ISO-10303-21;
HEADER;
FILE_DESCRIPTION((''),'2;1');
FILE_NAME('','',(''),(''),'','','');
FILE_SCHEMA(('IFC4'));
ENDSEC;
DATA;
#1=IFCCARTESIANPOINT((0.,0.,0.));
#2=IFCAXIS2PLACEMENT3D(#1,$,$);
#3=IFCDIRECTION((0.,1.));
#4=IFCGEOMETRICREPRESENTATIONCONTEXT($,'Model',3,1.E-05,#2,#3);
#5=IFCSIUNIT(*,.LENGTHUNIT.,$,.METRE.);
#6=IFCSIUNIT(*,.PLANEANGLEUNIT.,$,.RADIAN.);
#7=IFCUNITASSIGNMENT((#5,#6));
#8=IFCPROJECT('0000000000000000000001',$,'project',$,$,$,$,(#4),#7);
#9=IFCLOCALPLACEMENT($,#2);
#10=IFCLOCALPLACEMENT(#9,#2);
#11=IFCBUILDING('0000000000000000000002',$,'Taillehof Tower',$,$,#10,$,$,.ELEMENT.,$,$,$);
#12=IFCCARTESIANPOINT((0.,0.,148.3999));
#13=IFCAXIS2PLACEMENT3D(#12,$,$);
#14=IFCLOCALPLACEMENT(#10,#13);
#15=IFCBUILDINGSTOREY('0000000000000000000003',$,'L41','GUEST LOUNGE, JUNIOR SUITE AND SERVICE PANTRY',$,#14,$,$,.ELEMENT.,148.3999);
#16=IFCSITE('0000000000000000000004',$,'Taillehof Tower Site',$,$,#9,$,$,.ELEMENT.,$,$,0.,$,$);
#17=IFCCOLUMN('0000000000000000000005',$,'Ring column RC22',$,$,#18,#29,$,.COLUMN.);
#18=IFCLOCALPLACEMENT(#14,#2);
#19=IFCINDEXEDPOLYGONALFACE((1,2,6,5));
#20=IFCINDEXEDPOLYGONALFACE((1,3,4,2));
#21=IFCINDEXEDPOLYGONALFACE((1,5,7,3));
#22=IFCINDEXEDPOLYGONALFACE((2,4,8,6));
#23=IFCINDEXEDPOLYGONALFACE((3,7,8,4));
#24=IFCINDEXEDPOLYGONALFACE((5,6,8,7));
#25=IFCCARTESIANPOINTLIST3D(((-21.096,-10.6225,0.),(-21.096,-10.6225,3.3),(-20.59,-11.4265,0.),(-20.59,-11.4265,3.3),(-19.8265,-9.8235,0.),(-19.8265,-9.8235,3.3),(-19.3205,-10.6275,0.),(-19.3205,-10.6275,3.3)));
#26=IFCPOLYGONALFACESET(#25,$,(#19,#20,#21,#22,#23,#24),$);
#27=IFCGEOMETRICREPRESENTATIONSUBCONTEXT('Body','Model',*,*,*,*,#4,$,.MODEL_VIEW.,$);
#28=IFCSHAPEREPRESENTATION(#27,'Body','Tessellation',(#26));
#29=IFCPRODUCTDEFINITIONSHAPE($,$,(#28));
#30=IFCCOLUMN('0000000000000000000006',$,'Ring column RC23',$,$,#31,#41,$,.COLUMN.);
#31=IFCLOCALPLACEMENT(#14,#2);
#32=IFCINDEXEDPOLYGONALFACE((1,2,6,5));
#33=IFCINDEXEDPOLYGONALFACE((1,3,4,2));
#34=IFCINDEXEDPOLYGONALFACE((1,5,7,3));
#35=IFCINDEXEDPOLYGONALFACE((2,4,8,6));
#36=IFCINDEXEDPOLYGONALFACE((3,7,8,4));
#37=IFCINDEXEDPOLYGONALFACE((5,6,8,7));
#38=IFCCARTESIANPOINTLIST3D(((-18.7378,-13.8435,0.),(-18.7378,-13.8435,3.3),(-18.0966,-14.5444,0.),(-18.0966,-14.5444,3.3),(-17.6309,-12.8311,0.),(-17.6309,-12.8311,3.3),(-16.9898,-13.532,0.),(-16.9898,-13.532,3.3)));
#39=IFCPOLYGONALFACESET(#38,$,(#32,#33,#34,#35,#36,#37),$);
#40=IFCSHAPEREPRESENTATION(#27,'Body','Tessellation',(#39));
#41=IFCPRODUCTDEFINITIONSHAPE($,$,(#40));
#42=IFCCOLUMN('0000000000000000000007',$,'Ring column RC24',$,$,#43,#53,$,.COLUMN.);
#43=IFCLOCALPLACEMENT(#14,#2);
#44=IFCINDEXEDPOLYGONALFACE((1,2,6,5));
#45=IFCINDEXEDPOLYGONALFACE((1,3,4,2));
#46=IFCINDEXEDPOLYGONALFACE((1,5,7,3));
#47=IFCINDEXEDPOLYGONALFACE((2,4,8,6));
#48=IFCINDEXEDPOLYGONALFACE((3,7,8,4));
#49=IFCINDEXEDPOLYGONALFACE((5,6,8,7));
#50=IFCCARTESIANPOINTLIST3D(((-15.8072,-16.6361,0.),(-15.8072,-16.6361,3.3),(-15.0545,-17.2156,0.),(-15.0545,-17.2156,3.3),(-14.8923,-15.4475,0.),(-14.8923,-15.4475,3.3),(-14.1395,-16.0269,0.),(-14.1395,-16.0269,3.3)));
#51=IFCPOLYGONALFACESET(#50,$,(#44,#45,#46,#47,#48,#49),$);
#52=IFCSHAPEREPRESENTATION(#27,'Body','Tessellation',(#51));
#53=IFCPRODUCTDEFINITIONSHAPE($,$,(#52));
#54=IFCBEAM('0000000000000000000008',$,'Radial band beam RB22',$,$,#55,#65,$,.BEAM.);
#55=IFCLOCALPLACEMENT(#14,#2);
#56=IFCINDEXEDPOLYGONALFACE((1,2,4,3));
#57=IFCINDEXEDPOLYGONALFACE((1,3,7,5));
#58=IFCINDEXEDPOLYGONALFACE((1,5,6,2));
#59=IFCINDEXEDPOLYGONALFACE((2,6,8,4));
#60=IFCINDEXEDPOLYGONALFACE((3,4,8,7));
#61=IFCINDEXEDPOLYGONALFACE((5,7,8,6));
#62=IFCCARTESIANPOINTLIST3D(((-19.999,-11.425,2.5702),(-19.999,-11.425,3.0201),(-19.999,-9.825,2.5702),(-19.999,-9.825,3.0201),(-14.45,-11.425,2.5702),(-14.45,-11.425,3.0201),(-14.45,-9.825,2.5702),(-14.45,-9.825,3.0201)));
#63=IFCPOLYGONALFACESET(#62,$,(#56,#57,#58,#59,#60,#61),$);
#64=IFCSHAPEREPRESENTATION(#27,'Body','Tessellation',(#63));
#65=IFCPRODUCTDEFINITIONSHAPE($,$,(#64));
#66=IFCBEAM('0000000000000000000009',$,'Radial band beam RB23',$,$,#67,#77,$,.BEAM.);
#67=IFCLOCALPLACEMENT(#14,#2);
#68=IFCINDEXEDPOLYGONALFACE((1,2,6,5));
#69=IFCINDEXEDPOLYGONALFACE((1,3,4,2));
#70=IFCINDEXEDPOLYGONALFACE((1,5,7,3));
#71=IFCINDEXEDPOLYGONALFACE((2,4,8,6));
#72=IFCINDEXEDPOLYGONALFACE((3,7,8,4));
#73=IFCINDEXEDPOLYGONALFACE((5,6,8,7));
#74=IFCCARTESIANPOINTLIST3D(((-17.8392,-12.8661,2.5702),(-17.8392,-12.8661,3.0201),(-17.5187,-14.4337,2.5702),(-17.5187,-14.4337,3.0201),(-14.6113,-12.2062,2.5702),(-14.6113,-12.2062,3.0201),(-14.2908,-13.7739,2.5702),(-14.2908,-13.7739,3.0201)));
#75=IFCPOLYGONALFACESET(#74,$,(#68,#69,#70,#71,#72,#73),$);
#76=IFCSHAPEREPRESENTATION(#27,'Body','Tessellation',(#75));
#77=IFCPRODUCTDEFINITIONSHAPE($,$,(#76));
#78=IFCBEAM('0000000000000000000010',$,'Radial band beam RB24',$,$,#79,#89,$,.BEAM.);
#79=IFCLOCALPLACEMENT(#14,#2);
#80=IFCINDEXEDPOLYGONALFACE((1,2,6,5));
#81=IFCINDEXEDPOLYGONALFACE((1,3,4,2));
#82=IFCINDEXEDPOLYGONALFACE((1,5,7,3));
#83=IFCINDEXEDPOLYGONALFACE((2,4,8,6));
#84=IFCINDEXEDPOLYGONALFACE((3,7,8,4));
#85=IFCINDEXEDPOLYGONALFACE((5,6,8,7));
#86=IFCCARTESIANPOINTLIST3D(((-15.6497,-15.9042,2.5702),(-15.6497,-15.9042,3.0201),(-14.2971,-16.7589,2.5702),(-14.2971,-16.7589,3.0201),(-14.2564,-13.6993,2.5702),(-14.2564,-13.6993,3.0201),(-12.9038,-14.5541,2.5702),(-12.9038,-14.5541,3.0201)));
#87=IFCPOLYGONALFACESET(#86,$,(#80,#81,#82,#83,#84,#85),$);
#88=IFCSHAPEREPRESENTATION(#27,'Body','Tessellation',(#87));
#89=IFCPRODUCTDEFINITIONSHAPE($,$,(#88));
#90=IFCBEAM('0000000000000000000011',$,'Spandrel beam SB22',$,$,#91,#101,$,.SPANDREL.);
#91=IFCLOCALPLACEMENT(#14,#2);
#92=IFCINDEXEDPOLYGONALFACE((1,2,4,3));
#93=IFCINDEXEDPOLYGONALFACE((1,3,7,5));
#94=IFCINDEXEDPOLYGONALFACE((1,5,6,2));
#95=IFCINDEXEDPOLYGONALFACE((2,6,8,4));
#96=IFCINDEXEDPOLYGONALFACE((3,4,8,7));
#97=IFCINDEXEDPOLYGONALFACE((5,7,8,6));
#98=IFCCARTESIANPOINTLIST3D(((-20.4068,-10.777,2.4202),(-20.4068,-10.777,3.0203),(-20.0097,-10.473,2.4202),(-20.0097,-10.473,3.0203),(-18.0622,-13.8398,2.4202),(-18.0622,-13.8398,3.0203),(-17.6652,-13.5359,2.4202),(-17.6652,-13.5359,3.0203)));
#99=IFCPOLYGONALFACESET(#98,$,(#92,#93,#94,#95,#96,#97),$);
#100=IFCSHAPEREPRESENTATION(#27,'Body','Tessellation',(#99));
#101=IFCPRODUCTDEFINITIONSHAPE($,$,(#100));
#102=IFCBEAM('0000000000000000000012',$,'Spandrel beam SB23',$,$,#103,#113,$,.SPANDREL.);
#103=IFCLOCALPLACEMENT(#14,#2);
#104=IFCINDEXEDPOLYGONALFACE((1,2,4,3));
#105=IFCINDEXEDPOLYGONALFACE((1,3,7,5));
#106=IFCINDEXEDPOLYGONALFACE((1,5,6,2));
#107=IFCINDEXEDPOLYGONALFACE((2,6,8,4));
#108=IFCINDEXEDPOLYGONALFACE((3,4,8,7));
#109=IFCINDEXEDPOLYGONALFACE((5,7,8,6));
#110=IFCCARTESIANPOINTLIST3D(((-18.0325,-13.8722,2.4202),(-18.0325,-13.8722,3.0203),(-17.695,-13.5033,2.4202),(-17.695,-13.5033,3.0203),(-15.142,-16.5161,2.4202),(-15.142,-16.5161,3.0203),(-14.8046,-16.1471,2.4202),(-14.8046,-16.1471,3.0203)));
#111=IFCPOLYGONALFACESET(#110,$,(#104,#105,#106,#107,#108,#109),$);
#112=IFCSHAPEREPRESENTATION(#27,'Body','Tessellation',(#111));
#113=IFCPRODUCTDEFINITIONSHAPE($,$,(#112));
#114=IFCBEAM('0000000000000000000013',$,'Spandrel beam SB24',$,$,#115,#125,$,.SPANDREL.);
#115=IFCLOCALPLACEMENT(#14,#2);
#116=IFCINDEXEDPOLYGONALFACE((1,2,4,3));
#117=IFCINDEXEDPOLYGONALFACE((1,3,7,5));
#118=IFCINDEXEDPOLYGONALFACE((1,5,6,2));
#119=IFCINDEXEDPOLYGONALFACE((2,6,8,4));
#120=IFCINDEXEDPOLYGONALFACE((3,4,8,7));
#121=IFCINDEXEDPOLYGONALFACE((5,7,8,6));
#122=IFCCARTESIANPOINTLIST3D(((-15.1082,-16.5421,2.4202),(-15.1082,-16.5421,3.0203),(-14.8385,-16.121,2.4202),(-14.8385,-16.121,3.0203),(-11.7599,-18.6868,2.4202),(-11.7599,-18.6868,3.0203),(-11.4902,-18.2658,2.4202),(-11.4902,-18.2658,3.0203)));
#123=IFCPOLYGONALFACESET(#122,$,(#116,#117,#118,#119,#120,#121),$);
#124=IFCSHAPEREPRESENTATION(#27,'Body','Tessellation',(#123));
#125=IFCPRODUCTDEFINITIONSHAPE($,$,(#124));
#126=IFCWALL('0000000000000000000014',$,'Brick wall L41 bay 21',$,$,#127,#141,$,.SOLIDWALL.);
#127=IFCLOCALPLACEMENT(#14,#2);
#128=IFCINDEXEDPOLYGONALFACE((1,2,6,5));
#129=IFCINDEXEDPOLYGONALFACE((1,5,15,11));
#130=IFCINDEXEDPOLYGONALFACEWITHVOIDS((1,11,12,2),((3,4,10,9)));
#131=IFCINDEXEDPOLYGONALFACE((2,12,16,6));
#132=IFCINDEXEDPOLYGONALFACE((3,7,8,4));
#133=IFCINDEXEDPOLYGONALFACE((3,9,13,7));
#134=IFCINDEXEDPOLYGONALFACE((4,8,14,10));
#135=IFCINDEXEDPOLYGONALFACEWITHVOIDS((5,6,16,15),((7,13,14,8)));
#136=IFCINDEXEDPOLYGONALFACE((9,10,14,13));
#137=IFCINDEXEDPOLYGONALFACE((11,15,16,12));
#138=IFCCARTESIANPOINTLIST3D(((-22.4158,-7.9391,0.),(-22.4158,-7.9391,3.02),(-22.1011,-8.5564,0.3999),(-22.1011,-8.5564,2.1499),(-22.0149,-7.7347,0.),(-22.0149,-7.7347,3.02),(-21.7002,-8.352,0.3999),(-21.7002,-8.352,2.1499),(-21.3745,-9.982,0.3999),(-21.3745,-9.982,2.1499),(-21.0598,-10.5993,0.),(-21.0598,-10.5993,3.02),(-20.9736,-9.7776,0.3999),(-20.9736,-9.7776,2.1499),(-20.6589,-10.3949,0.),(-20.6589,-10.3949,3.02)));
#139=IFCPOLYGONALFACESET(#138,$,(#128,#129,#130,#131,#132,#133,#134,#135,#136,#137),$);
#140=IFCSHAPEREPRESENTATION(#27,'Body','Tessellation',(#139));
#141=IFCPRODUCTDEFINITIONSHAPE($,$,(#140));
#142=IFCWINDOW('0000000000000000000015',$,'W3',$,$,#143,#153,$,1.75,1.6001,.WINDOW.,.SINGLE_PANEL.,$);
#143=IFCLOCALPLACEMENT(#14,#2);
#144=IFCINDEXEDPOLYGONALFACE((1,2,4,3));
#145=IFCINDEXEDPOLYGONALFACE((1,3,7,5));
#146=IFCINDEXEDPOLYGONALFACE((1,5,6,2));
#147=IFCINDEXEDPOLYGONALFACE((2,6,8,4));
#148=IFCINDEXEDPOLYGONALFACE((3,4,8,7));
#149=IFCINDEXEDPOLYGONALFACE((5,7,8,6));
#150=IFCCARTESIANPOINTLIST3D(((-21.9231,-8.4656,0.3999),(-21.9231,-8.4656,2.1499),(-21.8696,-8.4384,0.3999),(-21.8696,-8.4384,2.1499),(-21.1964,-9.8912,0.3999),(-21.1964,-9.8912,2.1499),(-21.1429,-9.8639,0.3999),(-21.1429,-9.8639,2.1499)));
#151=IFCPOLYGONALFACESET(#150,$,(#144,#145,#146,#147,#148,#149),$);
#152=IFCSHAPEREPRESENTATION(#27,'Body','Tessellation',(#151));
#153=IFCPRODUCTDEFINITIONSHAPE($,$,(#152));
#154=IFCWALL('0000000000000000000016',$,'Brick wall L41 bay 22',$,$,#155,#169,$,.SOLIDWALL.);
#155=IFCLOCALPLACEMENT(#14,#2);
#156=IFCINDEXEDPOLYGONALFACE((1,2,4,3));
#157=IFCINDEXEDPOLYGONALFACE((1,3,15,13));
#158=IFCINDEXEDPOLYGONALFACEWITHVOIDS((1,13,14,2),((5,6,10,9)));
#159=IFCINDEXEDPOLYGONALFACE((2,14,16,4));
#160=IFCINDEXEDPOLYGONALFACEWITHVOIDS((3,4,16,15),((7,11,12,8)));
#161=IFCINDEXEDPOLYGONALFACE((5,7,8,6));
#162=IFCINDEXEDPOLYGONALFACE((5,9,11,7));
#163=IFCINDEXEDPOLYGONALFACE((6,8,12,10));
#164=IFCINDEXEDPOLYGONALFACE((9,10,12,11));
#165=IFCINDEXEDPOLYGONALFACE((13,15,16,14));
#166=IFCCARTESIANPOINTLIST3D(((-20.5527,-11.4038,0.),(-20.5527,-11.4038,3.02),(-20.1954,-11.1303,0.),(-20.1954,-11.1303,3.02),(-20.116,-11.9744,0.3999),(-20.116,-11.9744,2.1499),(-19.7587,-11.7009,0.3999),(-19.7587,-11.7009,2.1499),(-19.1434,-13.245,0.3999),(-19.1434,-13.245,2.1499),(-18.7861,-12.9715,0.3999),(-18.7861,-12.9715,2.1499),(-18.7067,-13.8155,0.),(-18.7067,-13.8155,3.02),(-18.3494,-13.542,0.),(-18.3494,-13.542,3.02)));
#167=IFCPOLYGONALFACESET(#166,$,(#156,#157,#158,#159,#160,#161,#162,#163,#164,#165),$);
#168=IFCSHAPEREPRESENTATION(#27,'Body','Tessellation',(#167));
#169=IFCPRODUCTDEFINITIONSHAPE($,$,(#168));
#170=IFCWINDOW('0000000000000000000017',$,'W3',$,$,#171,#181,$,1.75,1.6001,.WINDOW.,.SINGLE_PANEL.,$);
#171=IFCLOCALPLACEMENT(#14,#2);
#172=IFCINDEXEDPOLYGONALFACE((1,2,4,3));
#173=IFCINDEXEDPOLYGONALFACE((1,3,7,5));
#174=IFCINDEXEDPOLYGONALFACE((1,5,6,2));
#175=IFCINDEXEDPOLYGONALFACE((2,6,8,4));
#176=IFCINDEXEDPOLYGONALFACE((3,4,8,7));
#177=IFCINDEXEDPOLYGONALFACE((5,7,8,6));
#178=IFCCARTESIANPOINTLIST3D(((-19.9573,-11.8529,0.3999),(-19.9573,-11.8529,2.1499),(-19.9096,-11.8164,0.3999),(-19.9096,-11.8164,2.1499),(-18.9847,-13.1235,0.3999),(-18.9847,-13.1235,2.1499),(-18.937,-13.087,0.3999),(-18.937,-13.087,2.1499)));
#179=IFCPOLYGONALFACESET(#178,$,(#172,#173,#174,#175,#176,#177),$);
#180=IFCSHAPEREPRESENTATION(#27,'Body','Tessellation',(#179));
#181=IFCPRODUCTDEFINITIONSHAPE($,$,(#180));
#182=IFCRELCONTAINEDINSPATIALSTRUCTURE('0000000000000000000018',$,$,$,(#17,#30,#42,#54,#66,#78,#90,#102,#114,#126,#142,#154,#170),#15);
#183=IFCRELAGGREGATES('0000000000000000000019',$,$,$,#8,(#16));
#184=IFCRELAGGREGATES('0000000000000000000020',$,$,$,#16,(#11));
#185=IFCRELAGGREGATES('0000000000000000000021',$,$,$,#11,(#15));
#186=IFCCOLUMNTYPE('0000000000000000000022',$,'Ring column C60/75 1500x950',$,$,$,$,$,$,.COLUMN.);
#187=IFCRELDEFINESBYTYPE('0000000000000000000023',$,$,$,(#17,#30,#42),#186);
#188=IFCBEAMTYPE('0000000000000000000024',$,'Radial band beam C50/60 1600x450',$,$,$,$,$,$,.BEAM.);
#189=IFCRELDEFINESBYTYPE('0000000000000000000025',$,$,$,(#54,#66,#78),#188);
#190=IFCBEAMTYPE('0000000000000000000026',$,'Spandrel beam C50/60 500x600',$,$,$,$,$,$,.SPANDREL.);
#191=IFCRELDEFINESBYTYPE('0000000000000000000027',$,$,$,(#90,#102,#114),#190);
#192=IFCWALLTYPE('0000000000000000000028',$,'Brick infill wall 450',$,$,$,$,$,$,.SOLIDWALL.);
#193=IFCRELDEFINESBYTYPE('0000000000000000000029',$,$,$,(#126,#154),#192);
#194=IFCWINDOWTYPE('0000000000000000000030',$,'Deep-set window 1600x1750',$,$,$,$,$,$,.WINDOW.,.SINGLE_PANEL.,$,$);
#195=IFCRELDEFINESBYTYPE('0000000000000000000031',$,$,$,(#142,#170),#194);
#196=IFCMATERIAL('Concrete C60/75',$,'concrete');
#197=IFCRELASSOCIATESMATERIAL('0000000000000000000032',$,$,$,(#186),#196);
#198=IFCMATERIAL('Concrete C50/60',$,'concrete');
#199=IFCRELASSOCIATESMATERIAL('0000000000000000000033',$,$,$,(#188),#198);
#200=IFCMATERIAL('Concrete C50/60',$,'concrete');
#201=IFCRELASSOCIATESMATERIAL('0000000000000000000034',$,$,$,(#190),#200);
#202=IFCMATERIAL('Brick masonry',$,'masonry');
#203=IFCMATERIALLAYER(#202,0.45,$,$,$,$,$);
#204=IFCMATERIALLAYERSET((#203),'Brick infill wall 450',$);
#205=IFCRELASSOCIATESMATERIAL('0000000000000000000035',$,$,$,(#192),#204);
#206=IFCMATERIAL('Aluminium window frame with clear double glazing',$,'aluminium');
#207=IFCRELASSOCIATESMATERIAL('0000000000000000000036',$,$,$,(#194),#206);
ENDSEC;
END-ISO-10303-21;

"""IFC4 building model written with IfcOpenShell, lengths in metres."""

from ifc_helpers import new_model, si_unit, direction, frame, frame_2d, origin, origin_2d, place, context, subcontext, project, spatial, rectangle, extrude, material, layer, layer_set, material_profile, profile_set, type_object, element, fill, save


model = new_model("IFC4")

# Units and contexts
model_context = context("Model", 3, precision=1e-05, world=origin(), true_north=direction((0.0, 1.0)))
body_context = subcontext(model_context, "Body", "Model", "MODEL_VIEW")
ifc_project = project(units=[si_unit("LENGTHUNIT", "METRE"), si_unit("PLANEANGLEUNIT", "RADIAN")], contexts=[model_context])

# Site, building, storey
site_placement = place(None, origin())
site = spatial("IfcSite", under=ifc_project, at=site_placement, Name="Taillehof Tower Site", CompositionType="ELEMENT", RefElevation=0.0)
building_placement = place(site_placement, origin())
building = spatial("IfcBuilding", under=site, at=building_placement, Name="Taillehof Tower", CompositionType="ELEMENT")
storey_placement = place(building_placement, frame((0.0, 0.0, 148.3999)))
storey = spatial("IfcBuildingStorey", under=building, at=storey_placement, Name="L41", Description="GUEST LOUNGE, JUNIOR SUITE AND SERVICE PANTRY", CompositionType="ELEMENT", Elevation=148.3999)

# Columns
ifc_material_1 = material(Name="Concrete C60/75", Category="concrete")
ifc_material_profile_1 = material_profile(ifc_material_1, rectangle(XDim=1.5, YDim=0.95, at=origin_2d()), Name="RC 1500x950")
ifc_profile_set_1 = profile_set([ifc_material_profile_1], Name="Concrete C60/75")
column_type = type_object("IfcColumnType", Name="Ring column C60/75 1500x950", PredefinedType="COLUMN", material=ifc_profile_set_1)
for number, where, z_axis, x_axis, name in (
    (1, (-20.2083, -10.625, 0.0), (0.0, 0.0, 1.0), (-0.846334, -0.532652, 0.0), "Ring column RC22"),
    (2, (-17.8638, -13.6877, 0.0), (0.0, 0.0, 1.0), (-0.737879, -0.674933, 0.0), "Ring column RC23"),
    (3, (-14.9734, -16.3315, 0.0), (0.0, 0.0, 1.0), (-0.609971, -0.792424, 0.0), "Ring column RC24"),
):
    element("IfcColumn", number, at=place(storey_placement, frame(where, z_axis=z_axis, x_axis=x_axis)), inside=storey, type_object=column_type, Name=name, PredefinedType="COLUMN", context=body_context, shape_type="SweptSolid", body=[
        extrude(rectangle(XDim=1.5, YDim=0.95, at=origin_2d()), origin(), (0.0, 0.0, 1.0), 3.3),
    ])

# Beams
ifc_material_2 = material(Name="Concrete C50/60", Category="concrete")
ifc_material_profile_2 = material_profile(ifc_material_2, rectangle(XDim=1.6001, YDim=0.45, at=origin_2d()), Name="RC 1600x450")
ifc_profile_set_2 = profile_set([ifc_material_profile_2], Name="Concrete C50/60")
beam_type_1 = type_object("IfcBeamType", Name="Radial band beam C50/60 1600x450", PredefinedType="BEAM", material=ifc_profile_set_2)
beam_1_placement = place(storey_placement, frame((-19.999, -10.625, 2.7952), z_axis=(1.0, 0.0, 0.0), x_axis=(0.0, 1.0, 0.0)))
element("IfcBeam", 4, at=beam_1_placement, inside=storey, type_object=beam_type_1, Name="Radial band beam RB22", PredefinedType="BEAM", context=body_context, shape_type="SweptSolid", body=[
    extrude(rectangle(XDim=1.6001, YDim=0.45, at=origin_2d()), origin(), (0.0, 0.0, 1.0), 5.5491),
])
beam_2_placement = place(storey_placement, frame((-17.679, -13.6499, 2.7952), z_axis=(0.979737, 0.20029, 0.0), x_axis=(-0.20029, 0.979737, 0.0)))
element("IfcBeam", 5, at=beam_2_placement, inside=storey, type_object=beam_type_1, Name="Radial band beam RB23", PredefinedType="BEAM", context=body_context, shape_type="SweptSolid", body=[
    extrude(rectangle(XDim=1.6001, YDim=0.45, at=origin_2d()), origin(), (0.0, 0.0, 1.0), 3.2947),
])
beam_3_placement = place(storey_placement, frame((-14.9734, -16.3315, 2.7952), z_axis=(0.534208, 0.845353, 0.0), x_axis=(-0.845353, 0.534208, 0.0)))
element("IfcBeam", 6, at=beam_3_placement, inside=storey, type_object=beam_type_1, Name="Radial band beam RB24", PredefinedType="BEAM", context=body_context, shape_type="SweptSolid", body=[
    extrude(rectangle(XDim=1.6001, YDim=0.45, at=origin_2d()), origin(), (0.0, 0.0, 1.0), 2.6082),
])
ifc_material_3 = material(Name="Concrete C50/60", Category="concrete")
ifc_material_profile_3 = material_profile(ifc_material_3, rectangle(XDim=0.5, YDim=0.6001, at=origin_2d()), Name="RC 500x600")
ifc_profile_set_3 = profile_set([ifc_material_profile_3], Name="Concrete C50/60")
beam_type_2 = type_object("IfcBeamType", Name="Spandrel beam C50/60 500x600", PredefinedType="SPANDREL", material=ifc_profile_set_3)
beam_4_placement = place(storey_placement, frame((-20.2083, -10.625, 2.7202), z_axis=(0.60784, -0.794059, 0.0), x_axis=(0.794059, 0.60784, 0.0)))
element("IfcBeam", 7, at=beam_4_placement, inside=storey, type_object=beam_type_2, Name="Spandrel beam SB22", PredefinedType="SPANDREL", context=body_context, shape_type="SweptSolid", body=[
    extrude(rectangle(XDim=0.5, YDim=0.6001, at=origin_2d()), origin(), (0.0, 0.0, 1.0), 3.8572),
])
beam_5_placement = place(storey_placement, frame((-17.8638, -13.6877, 2.7202), z_axis=(0.737881, -0.674931, 0.0), x_axis=(0.674931, 0.737881, 0.0)))
element("IfcBeam", 8, at=beam_5_placement, inside=storey, type_object=beam_type_2, Name="Spandrel beam SB23", PredefinedType="SPANDREL", context=body_context, shape_type="SweptSolid", body=[
    extrude(rectangle(XDim=0.5, YDim=0.6001, at=origin_2d()), origin(), (0.0, 0.0, 1.0), 3.9172),
])
beam_6_placement = place(storey_placement, frame((-14.9734, -16.3315, 2.7202), z_axis=(0.842065, -0.539376, 0.0), x_axis=(0.539376, 0.842065, 0.0)))
element("IfcBeam", 9, at=beam_6_placement, inside=storey, type_object=beam_type_2, Name="Spandrel beam SB24", PredefinedType="SPANDREL", context=body_context, shape_type="SweptSolid", body=[
    extrude(rectangle(XDim=0.5, YDim=0.6001, at=origin_2d()), origin(), (0.0, 0.0, 1.0), 3.9763),
])

# Walls, openings, windows
ifc_material_4 = material(Name="Brick masonry", Category="masonry")
ifc_layer_1 = layer(ifc_material_4, 0.45)
ifc_layer_set_1 = layer_set([ifc_layer_1], Name="Brick infill wall 450")
wall_type_1 = type_object("IfcWallType", Name="Brick infill wall 450", PredefinedType="SOLIDWALL", material=ifc_layer_set_1)
wall_1_placement = place(storey_placement, frame((-22.2153, -7.8369, 0.0), z_axis=(0.0, 0.0, 1.0), x_axis=(0.454134, -0.890933, 0.0)))
wall_1 = element("IfcWall", 10, at=wall_1_placement, inside=storey, type_object=wall_type_1, Name="Brick wall L41 bay 21", PredefinedType="SOLIDWALL", context=body_context, shape_type="SweptSolid", body=[
    extrude(rectangle(XDim=2.9858, YDim=0.45, at=frame_2d((1.4929, 0.0))), origin(), (0.0, 0.0, 1.0), 3.02),
])
opening_1_placement = place(wall_1_placement, frame((0.6929, 0.0, 0.3999)))
opening_1 = element("IfcOpeningElement", 11, at=opening_1_placement, cuts=wall_1, PredefinedType="OPENING", context=body_context, shape_type="SweptSolid", body=[
    extrude(rectangle(XDim=1.6001, YDim=1.75, at=frame_2d((0.8, 0.875))), frame((0.0, 0.2349, 0.0), z_axis=(0.0, -1.0, 0.0), x_axis=(1.0, 0.0, 0.0)), (0.0, 0.0, 1.0), 0.47),
])
ifc_material_5 = material(Name="Aluminium window frame with clear double glazing", Category="aluminium")
window_type = type_object("IfcWindowType", Name="Deep-set window 1600x1750", PartitioningType="SINGLE_PANEL", PredefinedType="WINDOW", material=ifc_material_5)
window_1_placement = place(opening_1_placement, origin())
window_1 = element("IfcWindow", 12, at=window_1_placement, inside=storey, type_object=window_type, Name="W3", OverallHeight=1.75, OverallWidth=1.6001, PartitioningType="SINGLE_PANEL", PredefinedType="WINDOW", context=body_context, shape_type="SweptSolid", body=[
    extrude(rectangle(XDim=1.6001, YDim=1.75, at=frame_2d((0.8, 0.875))), frame((0.0, 0.0349, 0.0), z_axis=(0.0, -1.0, 0.0), x_axis=(1.0, 0.0, 0.0)), (0.0, 0.0, 1.0), 0.0601),
])
fill(opening_1, window_1)
wall_2_placement = place(storey_placement, frame((-20.374, -11.2671, 0.0), z_axis=(0.0, 0.0, 1.0), x_axis=(0.607817, -0.794077, 0.0)))
wall_2 = element("IfcWall", 13, at=wall_2_placement, inside=storey, type_object=wall_type_1, Name="Brick wall L41 bay 22", PredefinedType="SOLIDWALL", context=body_context, shape_type="SweptSolid", body=[
    extrude(rectangle(XDim=3.0371, YDim=0.45, at=frame_2d((1.5186, 0.0))), origin(), (0.0, 0.0, 1.0), 3.02),
])
opening_2_placement = place(wall_2_placement, frame((0.7185, 0.0, 0.3999)))
opening_2 = element("IfcOpeningElement", 14, at=opening_2_placement, cuts=wall_2, PredefinedType="OPENING", context=body_context, shape_type="SweptSolid", body=[
    extrude(rectangle(XDim=1.6001, YDim=1.75, at=frame_2d((0.8, 0.875))), frame((0.0, 0.2349, 0.0), z_axis=(0.0, -1.0, 0.0), x_axis=(1.0, 0.0, 0.0)), (0.0, 0.0, 1.0), 0.47),
])
window_2_placement = place(opening_2_placement, origin())
window_2 = element("IfcWindow", 15, at=window_2_placement, inside=storey, type_object=window_type, Name="W3", OverallHeight=1.75, OverallWidth=1.6001, PartitioningType="SINGLE_PANEL", PredefinedType="WINDOW", context=body_context, shape_type="SweptSolid", body=[
    extrude(rectangle(XDim=1.6001, YDim=1.75, at=frame_2d((0.8, 0.875))), frame((0.0, 0.0349, 0.0), z_axis=(0.0, -1.0, 0.0), x_axis=(1.0, 0.0, 0.0)), (0.0, 0.0, 1.0), 0.0601),
])
fill(opening_2, window_2)

save(model, "model.ifc")
